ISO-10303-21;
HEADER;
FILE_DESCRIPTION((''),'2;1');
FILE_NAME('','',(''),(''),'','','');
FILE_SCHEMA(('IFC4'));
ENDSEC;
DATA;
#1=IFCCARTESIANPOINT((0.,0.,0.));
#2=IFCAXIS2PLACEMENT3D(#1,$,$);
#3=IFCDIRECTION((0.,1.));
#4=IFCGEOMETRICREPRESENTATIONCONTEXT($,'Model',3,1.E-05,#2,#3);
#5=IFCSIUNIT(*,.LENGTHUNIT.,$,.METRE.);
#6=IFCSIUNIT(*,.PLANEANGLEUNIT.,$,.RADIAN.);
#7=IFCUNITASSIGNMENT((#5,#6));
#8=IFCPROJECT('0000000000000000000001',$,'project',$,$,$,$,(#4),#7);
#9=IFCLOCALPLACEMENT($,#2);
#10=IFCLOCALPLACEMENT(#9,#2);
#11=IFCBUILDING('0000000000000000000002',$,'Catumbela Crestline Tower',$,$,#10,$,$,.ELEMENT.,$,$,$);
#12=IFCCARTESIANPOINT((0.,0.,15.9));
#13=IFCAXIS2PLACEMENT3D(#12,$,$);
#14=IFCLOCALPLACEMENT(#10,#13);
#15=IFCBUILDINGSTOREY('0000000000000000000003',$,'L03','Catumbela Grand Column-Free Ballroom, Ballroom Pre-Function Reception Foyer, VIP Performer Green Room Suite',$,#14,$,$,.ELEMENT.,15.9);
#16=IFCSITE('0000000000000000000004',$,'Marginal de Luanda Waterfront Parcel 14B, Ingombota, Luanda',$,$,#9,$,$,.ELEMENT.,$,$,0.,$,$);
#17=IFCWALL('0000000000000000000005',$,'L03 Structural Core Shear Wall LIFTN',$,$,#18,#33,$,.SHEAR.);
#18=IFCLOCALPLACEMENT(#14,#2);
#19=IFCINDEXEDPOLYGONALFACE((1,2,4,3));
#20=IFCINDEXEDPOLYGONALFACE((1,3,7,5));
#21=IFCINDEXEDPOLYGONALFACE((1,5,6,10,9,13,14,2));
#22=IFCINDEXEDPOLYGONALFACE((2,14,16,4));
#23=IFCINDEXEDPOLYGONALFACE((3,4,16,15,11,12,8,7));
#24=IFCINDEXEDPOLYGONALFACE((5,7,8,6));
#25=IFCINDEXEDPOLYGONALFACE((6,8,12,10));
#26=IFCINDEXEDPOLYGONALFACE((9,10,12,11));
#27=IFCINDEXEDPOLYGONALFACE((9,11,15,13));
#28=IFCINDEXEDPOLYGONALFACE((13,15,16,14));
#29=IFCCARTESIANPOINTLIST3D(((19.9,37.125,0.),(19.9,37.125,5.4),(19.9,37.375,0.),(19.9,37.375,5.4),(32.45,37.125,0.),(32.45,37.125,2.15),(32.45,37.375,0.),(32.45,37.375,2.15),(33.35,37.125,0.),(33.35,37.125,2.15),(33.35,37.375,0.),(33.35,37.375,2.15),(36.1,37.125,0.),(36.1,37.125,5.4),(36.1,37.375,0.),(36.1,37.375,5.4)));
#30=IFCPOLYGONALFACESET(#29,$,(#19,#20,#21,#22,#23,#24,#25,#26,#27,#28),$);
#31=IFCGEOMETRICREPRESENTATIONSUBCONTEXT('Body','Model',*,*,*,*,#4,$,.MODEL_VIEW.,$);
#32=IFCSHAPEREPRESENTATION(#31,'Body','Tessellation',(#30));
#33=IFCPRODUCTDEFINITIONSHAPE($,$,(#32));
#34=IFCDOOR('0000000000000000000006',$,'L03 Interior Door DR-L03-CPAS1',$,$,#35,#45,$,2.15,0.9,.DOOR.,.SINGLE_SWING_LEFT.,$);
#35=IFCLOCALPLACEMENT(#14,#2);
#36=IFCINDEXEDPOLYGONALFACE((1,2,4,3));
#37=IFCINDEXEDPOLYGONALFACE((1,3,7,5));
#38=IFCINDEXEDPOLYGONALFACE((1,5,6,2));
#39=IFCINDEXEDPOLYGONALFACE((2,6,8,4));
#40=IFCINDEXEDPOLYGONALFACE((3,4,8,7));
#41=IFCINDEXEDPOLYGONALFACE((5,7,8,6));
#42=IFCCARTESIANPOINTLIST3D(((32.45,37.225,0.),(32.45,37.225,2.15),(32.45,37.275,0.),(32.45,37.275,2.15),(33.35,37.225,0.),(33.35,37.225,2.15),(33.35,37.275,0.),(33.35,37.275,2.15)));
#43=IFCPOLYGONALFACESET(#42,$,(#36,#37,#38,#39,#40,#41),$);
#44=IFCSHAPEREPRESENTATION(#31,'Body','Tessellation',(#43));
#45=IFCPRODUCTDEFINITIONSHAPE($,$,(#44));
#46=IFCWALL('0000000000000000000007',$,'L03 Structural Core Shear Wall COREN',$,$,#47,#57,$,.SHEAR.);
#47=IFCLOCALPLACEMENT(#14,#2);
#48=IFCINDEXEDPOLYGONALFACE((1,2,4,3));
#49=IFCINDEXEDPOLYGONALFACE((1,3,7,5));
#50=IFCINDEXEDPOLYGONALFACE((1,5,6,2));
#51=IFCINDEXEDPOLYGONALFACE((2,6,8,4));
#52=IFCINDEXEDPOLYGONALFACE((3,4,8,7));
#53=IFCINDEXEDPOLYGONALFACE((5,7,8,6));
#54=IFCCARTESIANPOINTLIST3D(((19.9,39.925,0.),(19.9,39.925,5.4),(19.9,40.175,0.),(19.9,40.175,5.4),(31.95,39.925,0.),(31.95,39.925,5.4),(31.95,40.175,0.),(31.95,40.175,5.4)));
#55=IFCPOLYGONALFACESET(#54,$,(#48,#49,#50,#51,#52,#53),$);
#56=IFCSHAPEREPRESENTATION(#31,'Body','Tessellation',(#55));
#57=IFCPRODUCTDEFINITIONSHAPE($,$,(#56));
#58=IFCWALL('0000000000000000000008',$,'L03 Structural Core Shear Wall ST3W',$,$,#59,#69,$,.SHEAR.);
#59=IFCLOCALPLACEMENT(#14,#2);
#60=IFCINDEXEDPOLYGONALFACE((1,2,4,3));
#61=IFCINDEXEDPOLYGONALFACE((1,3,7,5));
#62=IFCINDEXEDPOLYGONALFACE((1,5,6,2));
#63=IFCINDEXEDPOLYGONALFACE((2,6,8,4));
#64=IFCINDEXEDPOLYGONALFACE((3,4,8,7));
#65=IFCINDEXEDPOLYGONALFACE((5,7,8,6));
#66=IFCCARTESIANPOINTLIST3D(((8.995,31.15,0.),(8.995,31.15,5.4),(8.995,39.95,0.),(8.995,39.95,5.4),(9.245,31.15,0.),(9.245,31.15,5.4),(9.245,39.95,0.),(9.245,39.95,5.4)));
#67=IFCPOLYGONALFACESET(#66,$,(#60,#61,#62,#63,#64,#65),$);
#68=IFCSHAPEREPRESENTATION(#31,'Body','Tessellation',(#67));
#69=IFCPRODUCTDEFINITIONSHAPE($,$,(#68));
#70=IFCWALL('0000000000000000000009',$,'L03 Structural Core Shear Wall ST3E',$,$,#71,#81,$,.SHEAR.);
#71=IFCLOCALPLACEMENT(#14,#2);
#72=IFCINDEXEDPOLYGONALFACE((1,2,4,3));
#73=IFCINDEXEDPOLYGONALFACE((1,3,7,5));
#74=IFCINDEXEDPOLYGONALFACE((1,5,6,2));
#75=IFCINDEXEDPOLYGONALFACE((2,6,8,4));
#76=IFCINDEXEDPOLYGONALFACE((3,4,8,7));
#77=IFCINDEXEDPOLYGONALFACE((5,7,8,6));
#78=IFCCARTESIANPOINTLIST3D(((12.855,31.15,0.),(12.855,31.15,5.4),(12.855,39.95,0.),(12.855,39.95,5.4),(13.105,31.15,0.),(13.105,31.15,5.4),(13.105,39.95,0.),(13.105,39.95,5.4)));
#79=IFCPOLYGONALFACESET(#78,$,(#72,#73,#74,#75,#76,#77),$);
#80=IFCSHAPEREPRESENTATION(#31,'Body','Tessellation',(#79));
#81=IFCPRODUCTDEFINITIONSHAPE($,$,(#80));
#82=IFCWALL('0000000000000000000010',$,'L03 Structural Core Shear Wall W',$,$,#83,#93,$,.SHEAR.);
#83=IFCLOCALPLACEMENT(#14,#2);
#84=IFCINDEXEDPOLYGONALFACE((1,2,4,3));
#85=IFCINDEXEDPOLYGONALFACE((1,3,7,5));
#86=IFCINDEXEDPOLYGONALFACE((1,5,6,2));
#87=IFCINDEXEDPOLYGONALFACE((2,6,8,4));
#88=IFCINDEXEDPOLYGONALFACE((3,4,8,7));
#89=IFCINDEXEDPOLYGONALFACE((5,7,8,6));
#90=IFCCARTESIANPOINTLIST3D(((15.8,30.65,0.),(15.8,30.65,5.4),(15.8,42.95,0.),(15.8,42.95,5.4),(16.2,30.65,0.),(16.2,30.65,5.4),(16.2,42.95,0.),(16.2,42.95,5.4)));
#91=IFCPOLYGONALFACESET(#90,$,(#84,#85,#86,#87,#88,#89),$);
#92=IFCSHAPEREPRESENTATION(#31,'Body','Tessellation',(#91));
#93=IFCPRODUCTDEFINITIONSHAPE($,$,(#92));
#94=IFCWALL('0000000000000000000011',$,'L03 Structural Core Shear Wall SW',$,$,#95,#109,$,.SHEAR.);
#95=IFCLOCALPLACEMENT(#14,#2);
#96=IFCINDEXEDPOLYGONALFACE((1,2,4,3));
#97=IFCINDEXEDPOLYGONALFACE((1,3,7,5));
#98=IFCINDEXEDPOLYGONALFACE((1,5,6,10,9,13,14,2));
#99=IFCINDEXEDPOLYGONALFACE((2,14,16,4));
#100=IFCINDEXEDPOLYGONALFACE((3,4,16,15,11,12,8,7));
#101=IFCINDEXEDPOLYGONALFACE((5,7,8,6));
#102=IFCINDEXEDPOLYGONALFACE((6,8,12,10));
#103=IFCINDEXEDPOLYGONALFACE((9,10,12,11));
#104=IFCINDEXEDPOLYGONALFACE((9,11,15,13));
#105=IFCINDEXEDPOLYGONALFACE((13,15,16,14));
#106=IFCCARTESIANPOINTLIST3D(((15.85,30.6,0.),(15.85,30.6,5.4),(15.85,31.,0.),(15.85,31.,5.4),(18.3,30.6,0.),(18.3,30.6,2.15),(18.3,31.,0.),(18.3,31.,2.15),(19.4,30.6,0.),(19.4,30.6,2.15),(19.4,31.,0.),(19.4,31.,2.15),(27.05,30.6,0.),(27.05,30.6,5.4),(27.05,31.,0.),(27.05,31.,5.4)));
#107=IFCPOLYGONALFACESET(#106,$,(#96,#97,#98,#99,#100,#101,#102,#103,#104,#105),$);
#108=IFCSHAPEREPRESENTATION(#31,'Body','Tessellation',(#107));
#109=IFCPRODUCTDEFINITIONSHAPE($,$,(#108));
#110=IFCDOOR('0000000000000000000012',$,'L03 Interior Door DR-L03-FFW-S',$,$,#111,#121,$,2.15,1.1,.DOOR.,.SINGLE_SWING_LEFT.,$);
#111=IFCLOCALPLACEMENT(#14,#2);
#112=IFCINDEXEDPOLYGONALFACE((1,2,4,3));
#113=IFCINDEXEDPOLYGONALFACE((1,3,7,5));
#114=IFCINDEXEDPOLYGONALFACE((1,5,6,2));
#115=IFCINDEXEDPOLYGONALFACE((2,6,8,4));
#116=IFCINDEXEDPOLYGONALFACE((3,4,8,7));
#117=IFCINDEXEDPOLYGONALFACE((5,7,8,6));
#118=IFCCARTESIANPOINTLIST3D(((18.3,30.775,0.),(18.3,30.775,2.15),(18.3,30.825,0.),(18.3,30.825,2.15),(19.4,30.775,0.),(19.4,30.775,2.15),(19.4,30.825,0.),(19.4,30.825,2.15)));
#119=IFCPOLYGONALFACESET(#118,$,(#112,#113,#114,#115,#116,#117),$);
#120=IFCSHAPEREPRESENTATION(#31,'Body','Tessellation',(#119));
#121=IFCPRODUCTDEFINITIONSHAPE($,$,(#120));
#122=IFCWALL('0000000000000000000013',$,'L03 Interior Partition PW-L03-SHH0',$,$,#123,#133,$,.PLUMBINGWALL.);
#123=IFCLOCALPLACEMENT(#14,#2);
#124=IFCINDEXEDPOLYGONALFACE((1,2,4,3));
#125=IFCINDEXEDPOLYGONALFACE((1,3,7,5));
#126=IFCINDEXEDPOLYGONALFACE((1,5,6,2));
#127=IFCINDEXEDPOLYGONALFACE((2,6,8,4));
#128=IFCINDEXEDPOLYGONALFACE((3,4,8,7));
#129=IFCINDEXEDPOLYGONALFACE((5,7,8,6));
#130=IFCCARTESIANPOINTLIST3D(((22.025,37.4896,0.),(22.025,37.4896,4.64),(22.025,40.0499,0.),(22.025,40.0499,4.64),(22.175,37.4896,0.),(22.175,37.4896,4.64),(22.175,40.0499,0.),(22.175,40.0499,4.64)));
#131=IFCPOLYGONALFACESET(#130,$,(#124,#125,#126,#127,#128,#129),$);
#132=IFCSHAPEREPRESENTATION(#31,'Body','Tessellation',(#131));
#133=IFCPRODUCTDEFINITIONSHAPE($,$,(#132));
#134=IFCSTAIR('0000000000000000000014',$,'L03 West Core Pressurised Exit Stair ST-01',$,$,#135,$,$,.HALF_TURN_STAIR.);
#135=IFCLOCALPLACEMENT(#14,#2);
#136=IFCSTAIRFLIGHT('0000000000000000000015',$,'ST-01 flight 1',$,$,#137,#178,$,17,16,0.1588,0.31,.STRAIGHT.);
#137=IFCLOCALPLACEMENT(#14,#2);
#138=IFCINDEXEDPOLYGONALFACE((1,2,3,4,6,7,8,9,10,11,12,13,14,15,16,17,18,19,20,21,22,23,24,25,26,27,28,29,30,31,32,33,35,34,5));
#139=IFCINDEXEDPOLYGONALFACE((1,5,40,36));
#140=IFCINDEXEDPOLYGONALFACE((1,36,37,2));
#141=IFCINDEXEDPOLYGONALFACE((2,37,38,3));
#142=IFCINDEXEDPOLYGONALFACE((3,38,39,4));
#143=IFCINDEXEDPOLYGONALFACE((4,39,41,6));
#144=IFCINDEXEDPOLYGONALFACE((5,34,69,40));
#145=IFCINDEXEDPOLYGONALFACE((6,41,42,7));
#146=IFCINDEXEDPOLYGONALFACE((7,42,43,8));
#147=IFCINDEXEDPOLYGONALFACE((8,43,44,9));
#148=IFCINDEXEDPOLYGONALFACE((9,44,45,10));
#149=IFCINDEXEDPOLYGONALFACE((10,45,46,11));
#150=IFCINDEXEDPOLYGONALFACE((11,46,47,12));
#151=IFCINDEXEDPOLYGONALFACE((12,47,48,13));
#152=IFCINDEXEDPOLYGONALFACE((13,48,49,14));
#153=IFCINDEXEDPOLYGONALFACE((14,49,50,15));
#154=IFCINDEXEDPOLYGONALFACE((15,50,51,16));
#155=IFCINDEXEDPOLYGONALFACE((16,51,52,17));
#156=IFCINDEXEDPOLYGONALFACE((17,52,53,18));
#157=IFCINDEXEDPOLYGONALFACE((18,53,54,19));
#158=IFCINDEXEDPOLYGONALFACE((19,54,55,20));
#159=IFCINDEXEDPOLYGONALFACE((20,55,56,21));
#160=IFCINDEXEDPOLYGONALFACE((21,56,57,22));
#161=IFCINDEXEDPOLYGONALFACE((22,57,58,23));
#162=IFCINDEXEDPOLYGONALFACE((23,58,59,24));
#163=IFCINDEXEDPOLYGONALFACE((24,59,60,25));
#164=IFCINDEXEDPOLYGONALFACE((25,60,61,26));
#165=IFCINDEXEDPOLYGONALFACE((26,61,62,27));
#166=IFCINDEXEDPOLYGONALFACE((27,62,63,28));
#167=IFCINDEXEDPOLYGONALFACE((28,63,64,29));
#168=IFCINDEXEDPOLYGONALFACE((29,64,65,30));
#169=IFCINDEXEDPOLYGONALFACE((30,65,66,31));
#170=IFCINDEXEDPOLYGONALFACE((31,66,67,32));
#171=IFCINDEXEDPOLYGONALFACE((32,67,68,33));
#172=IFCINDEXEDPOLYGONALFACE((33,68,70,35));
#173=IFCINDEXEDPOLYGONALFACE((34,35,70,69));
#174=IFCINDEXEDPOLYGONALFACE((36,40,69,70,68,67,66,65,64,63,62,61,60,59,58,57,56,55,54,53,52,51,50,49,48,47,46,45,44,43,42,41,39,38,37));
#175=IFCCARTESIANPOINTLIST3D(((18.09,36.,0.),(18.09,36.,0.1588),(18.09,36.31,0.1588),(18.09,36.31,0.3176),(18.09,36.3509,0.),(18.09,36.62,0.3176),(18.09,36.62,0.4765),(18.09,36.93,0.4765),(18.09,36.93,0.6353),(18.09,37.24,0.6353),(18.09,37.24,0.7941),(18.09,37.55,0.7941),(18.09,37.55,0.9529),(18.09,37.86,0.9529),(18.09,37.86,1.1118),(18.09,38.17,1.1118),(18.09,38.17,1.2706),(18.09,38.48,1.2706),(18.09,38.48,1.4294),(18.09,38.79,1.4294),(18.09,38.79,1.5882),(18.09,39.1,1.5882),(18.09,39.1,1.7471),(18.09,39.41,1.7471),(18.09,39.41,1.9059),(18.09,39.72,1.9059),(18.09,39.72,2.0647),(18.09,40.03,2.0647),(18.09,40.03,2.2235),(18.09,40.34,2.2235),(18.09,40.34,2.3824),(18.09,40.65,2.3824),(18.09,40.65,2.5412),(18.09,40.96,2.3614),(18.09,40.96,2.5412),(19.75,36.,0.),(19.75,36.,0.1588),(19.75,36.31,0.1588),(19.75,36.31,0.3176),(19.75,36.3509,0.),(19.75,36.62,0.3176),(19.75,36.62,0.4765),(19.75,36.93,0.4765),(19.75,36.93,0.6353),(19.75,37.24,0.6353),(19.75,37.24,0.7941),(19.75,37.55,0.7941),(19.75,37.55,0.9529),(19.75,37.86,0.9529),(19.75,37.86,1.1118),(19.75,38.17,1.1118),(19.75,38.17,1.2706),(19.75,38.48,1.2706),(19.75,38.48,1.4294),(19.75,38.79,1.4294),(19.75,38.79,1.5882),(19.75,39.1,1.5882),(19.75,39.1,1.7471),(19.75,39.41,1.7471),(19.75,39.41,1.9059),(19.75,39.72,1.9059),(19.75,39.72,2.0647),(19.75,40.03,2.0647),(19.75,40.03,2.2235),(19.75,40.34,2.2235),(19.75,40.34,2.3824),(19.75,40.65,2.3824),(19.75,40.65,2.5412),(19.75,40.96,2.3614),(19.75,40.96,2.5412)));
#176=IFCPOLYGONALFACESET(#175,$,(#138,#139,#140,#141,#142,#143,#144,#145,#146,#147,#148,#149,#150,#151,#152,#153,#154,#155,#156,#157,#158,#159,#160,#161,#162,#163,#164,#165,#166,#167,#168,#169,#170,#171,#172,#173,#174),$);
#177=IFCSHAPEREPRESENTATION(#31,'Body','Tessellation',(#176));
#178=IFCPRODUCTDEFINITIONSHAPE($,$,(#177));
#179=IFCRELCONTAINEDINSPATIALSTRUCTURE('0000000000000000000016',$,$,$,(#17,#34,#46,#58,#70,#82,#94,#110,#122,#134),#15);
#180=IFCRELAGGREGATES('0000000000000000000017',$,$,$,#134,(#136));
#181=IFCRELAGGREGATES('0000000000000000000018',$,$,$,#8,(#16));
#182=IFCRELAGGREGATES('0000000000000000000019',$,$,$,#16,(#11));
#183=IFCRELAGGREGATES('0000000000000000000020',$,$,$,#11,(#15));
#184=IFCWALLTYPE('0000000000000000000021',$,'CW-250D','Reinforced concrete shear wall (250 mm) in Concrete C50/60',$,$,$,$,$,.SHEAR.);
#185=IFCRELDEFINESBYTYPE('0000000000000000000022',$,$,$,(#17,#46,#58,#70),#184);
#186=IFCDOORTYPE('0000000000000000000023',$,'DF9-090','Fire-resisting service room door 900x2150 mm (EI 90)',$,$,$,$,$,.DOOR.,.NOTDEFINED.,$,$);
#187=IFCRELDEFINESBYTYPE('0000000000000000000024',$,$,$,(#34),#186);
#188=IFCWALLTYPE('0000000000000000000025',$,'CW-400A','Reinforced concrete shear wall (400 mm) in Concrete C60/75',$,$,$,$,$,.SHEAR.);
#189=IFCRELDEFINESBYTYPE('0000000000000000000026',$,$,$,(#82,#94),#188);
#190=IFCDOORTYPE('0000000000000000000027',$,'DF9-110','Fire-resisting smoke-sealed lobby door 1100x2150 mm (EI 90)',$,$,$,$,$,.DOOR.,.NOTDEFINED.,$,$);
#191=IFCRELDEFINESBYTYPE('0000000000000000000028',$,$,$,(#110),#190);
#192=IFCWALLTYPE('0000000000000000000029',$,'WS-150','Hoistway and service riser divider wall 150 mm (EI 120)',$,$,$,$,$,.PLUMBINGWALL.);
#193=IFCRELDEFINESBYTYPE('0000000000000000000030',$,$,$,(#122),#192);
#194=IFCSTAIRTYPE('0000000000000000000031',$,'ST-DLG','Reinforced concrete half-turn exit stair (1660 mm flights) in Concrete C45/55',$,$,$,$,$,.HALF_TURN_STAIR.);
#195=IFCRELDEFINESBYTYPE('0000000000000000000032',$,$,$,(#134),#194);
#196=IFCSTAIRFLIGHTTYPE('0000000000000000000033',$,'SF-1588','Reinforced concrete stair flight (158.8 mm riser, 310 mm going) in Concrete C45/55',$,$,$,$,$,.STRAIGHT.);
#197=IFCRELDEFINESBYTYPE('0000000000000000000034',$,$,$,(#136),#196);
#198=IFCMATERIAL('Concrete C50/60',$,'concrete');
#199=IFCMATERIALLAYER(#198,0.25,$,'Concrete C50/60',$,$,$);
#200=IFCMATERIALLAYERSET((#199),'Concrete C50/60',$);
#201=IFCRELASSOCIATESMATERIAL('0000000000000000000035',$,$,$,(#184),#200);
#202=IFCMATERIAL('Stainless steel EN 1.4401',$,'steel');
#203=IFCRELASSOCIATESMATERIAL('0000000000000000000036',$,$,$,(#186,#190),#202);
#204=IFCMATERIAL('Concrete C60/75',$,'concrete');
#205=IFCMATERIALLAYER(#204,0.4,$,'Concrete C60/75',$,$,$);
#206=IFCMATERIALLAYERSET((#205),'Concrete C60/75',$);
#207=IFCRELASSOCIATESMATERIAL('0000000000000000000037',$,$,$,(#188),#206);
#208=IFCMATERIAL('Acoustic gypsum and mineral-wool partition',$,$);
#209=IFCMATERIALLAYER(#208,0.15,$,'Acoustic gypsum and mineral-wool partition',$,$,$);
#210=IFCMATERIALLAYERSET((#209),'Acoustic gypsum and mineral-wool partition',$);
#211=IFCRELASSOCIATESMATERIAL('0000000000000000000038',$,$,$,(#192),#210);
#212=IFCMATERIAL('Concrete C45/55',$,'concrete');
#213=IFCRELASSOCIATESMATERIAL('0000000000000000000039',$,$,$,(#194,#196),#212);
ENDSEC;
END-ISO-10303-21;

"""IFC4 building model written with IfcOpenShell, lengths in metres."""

from ifc_helpers import new_model, si_unit, direction, frame, frame_2d, origin, place, context, subcontext, project, spatial, polyline, rectangle, outline, extrude, material, layer, layer_set, type_object, element, fill, aggregate, save


model = new_model("IFC4")

# Units and contexts
model_context = context("Model", 3, precision=1e-05, world=origin(), true_north=direction((0.0, 1.0)))
body_context = subcontext(model_context, "Body", "Model", "MODEL_VIEW")
ifc_project = project(units=[si_unit("LENGTHUNIT", "METRE"), si_unit("PLANEANGLEUNIT", "RADIAN")], contexts=[model_context])

# Site, building, storey
site_placement = place(None, origin())
site = spatial("IfcSite", under=ifc_project, at=site_placement, Name="Marginal de Luanda Waterfront Parcel 14B, Ingombota, Luanda", CompositionType="ELEMENT", RefElevation=0.0)
building_placement = place(site_placement, origin())
building = spatial("IfcBuilding", under=site, at=building_placement, Name="Catumbela Crestline Tower", CompositionType="ELEMENT")
storey_placement = place(building_placement, frame((0.0, 0.0, 15.9)))
storey = spatial("IfcBuildingStorey", under=building, at=storey_placement, Name="L03", Description="Catumbela Grand Column-Free Ballroom, Ballroom Pre-Function Reception Foyer, VIP Performer Green Room Suite", CompositionType="ELEMENT", Elevation=15.9)

# Shared definitions
ifc_material_1 = material(Name="Concrete C50/60", Category="concrete")
ifc_layer_1 = layer(ifc_material_1, 0.25, Name="Concrete C50/60")
ifc_layer_set_1 = layer_set([ifc_layer_1], Name="Concrete C50/60")
wall_type_1 = type_object("IfcWallType", Name="CW-250D", Description="Reinforced concrete shear wall (250 mm) in Concrete C50/60", PredefinedType="SHEAR", material=ifc_layer_set_1)

# Shared definitions
ifc_material_2 = material(Name="Stainless steel EN 1.4401", Category="steel")

# Wall, opening, door
wall_1_placement = place(storey_placement, frame((19.9, 37.25, 0.0), z_axis=(0.0, 0.0, 1.0), x_axis=(1.0, 0.0, 0.0)))
wall_1 = element("IfcWall", 1, at=wall_1_placement, inside=storey, type_object=wall_type_1, Name="L03 Structural Core Shear Wall LIFTN", PredefinedType="SHEAR", context=body_context, shape_type="SweptSolid", body=[
    extrude(rectangle(XDim=16.2, YDim=0.25, at=frame_2d((8.1, 0.0))), origin(), (0.0, 0.0, 1.0), 5.4),
])
opening_1_placement = place(wall_1_placement, frame((12.55, 0.0, 0.0)))
opening_1 = element("IfcOpeningElement", 2, at=opening_1_placement, cuts=wall_1, PredefinedType="OPENING", context=body_context, shape_type="SweptSolid", body=[
    extrude(rectangle(XDim=0.9, YDim=2.15, at=frame_2d((0.45, 1.075))), frame((0.0, 0.135, 0.0), z_axis=(0.0, -1.0, 0.0), x_axis=(1.0, 0.0, 0.0)), (0.0, 0.0, 1.0), 0.27),
])
door_type_1 = type_object("IfcDoorType", Name="DF9-090", Description="Fire-resisting service room door 900x2150 mm (EI 90)", OperationType="NOTDEFINED", PredefinedType="DOOR", material=ifc_material_2)
door_1_placement = place(opening_1_placement, origin())
door_1 = element("IfcDoor", 3, at=door_1_placement, inside=storey, type_object=door_type_1, Name="L03 Interior Door DR-L03-CPAS1", OperationType="SINGLE_SWING_LEFT", OverallHeight=2.15, OverallWidth=0.9, PredefinedType="DOOR", context=body_context, shape_type="SweptSolid", body=[
    extrude(rectangle(XDim=0.9, YDim=2.15, at=frame_2d((0.45, 1.075))), frame((0.0, 0.025, 0.0), z_axis=(0.0, -1.0, 0.0), x_axis=(1.0, 0.0, 0.0)), (0.0, 0.0, 1.0), 0.05),
])
fill(opening_1, door_1)

# Walls
wall_2_placement = place(storey_placement, frame((19.9, 40.05, 0.0), z_axis=(0.0, 0.0, 1.0), x_axis=(1.0, 0.0, 0.0)))
element("IfcWall", 4, at=wall_2_placement, inside=storey, type_object=wall_type_1, Name="L03 Structural Core Shear Wall COREN", PredefinedType="SHEAR", context=body_context, shape_type="SweptSolid", body=[
    extrude(rectangle(XDim=12.05, YDim=0.25, at=frame_2d((6.025, 0.0))), origin(), (0.0, 0.0, 1.0), 5.4),
])
for number, where, z_axis, x_axis, name in (
    (5, (9.12, 31.15, 0.0), (0.0, 0.0, 1.0), (0.0, 1.0, 0.0), "L03 Structural Core Shear Wall ST3W"),
    (6, (12.98, 31.15, 0.0), (0.0, 0.0, 1.0), (0.0, 1.0, 0.0), "L03 Structural Core Shear Wall ST3E"),
):
    element("IfcWall", number, at=place(storey_placement, frame(where, z_axis=z_axis, x_axis=x_axis)), inside=storey, type_object=wall_type_1, Name=name, PredefinedType="SHEAR", context=body_context, shape_type="SweptSolid", body=[
        extrude(rectangle(XDim=8.8, YDim=0.25, at=frame_2d((4.4, 0.0))), origin(), (0.0, 0.0, 1.0), 5.4),
    ])
ifc_material_3 = material(Name="Concrete C60/75", Category="concrete")
ifc_layer_2 = layer(ifc_material_3, 0.4, Name="Concrete C60/75")
ifc_layer_set_2 = layer_set([ifc_layer_2], Name="Concrete C60/75")
wall_type_2 = type_object("IfcWallType", Name="CW-400A", Description="Reinforced concrete shear wall (400 mm) in Concrete C60/75", PredefinedType="SHEAR", material=ifc_layer_set_2)
wall_3_placement = place(storey_placement, frame((16.0, 30.65, 0.0), z_axis=(0.0, 0.0, 1.0), x_axis=(0.0, 1.0, 0.0)))
element("IfcWall", 7, at=wall_3_placement, inside=storey, type_object=wall_type_2, Name="L03 Structural Core Shear Wall W", PredefinedType="SHEAR", context=body_context, shape_type="SweptSolid", body=[
    extrude(rectangle(XDim=12.3, YDim=0.4, at=frame_2d((6.15, 0.0))), origin(), (0.0, 0.0, 1.0), 5.4),
])

# Wall, opening, door
wall_4_placement = place(storey_placement, frame((15.85, 30.8, 0.0), z_axis=(0.0, 0.0, 1.0), x_axis=(1.0, 0.0, 0.0)))
wall_4 = element("IfcWall", 8, at=wall_4_placement, inside=storey, type_object=wall_type_2, Name="L03 Structural Core Shear Wall SW", PredefinedType="SHEAR", context=body_context, shape_type="SweptSolid", body=[
    extrude(rectangle(XDim=11.2, YDim=0.4, at=frame_2d((5.6, 0.0))), origin(), (0.0, 0.0, 1.0), 5.4),
])
opening_2_placement = place(wall_4_placement, frame((2.45, 0.0, 0.0)))
opening_2 = element("IfcOpeningElement", 9, at=opening_2_placement, cuts=wall_4, PredefinedType="OPENING", context=body_context, shape_type="SweptSolid", body=[
    extrude(rectangle(XDim=1.1, YDim=2.15, at=frame_2d((0.55, 1.075))), frame((0.0, 0.21, 0.0), z_axis=(0.0, -1.0, 0.0), x_axis=(1.0, 0.0, 0.0)), (0.0, 0.0, 1.0), 0.42),
])
door_type_2 = type_object("IfcDoorType", Name="DF9-110", Description="Fire-resisting smoke-sealed lobby door 1100x2150 mm (EI 90)", OperationType="NOTDEFINED", PredefinedType="DOOR", material=ifc_material_2)
door_2_placement = place(opening_2_placement, origin())
door_2 = element("IfcDoor", 10, at=door_2_placement, inside=storey, type_object=door_type_2, Name="L03 Interior Door DR-L03-FFW-S", OperationType="SINGLE_SWING_LEFT", OverallHeight=2.15, OverallWidth=1.1, PredefinedType="DOOR", context=body_context, shape_type="SweptSolid", body=[
    extrude(rectangle(XDim=1.1, YDim=2.15, at=frame_2d((0.55, 1.075))), frame((0.0, 0.025, 0.0), z_axis=(0.0, -1.0, 0.0), x_axis=(1.0, 0.0, 0.0)), (0.0, 0.0, 1.0), 0.05),
])
fill(opening_2, door_2)

# Wall
ifc_material_4 = material(Name="Acoustic gypsum and mineral-wool partition")
ifc_layer_3 = layer(ifc_material_4, 0.15, Name="Acoustic gypsum and mineral-wool partition")
ifc_layer_set_3 = layer_set([ifc_layer_3], Name="Acoustic gypsum and mineral-wool partition")
wall_type_3 = type_object("IfcWallType", Name="WS-150", Description="Hoistway and service riser divider wall 150 mm (EI 120)", PredefinedType="PLUMBINGWALL", material=ifc_layer_set_3)
wall_5_placement = place(storey_placement, frame((22.1, 37.4897, 0.0), z_axis=(0.0, 0.0, 1.0), x_axis=(0.0, 1.0, 0.0)))
element("IfcWall", 11, at=wall_5_placement, inside=storey, type_object=wall_type_3, Name="L03 Interior Partition PW-L03-SHH0", PredefinedType="PLUMBINGWALL", context=body_context, shape_type="SweptSolid", body=[
    extrude(rectangle(XDim=2.5603, YDim=0.15, at=frame_2d((1.2801, 0.0))), origin(), (0.0, 0.0, 1.0), 4.64),
])

# Stair, stair flight
ifc_material_5 = material(Name="Concrete C45/55", Category="concrete")
stair_type = type_object("IfcStairType", Name="ST-DLG", Description="Reinforced concrete half-turn exit stair (1660 mm flights) in Concrete C45/55", PredefinedType="HALF_TURN_STAIR", material=ifc_material_5)
stair_1_placement = place(storey_placement, origin())
stair_1 = element("IfcStair", 12, at=stair_1_placement, inside=storey, type_object=stair_type, Name="L03 West Core Pressurised Exit Stair ST-01", PredefinedType="HALF_TURN_STAIR")
stair_flight_type = type_object("IfcStairFlightType", Name="SF-1588", Description="Reinforced concrete stair flight (158.8 mm riser, 310 mm going) in Concrete C45/55", PredefinedType="STRAIGHT", material=ifc_material_5)
stair_flight_1_placement = place(storey_placement, frame((18.92, 36.0, 0.0), z_axis=(0.0, 0.0, 1.0), x_axis=(0.0, 1.0, 0.0)))
stair_flight_1 = element("IfcStairFlight", 13, at=stair_flight_1_placement, type_object=stair_flight_type, Name="ST-01 flight 1", NumberOfRisers=17, NumberOfTreads=16, PredefinedType="STRAIGHT", RiserHeight=0.1588, TreadLength=0.31, context=body_context, shape_type="SweptSolid", body=[
    extrude(outline(polyline([(0.0, 0.0), (0.0, 0.1588), (0.31, 0.1588), (0.31, 0.3176), (0.62, 0.3176), (0.62, 0.4765), (0.93, 0.4765), (0.93, 0.6353), (1.24, 0.6353), (1.24, 0.7941), (1.55, 0.7941), (1.55, 0.9529), (1.86, 0.9529), (1.86, 1.1118), (2.17, 1.1118), (2.17, 1.2706), (2.48, 1.2706), (2.48, 1.4294), (2.79, 1.4294), (2.79, 1.5882), (3.1, 1.5882), (3.1, 1.7471), (3.41, 1.7471), (3.41, 1.9059), (3.72, 1.9059), (3.72, 2.0647), (4.03, 2.0647), (4.03, 2.2235), (4.34, 2.2235), (4.34, 2.3824), (4.65, 2.3824), (4.65, 2.5412), (4.96, 2.5412), (4.96, 2.7), (4.96, 2.3614), (0.3509, 0.0), (0.0, 0.0)])), frame((0.0, 0.83, 0.0), z_axis=(0.0, -1.0, 0.0), x_axis=(1.0, 0.0, 0.0)), (0.0, 0.0, 1.0), 1.66),
])
aggregate(stair_1, [stair_flight_1])

save(model, "model.ifc")
